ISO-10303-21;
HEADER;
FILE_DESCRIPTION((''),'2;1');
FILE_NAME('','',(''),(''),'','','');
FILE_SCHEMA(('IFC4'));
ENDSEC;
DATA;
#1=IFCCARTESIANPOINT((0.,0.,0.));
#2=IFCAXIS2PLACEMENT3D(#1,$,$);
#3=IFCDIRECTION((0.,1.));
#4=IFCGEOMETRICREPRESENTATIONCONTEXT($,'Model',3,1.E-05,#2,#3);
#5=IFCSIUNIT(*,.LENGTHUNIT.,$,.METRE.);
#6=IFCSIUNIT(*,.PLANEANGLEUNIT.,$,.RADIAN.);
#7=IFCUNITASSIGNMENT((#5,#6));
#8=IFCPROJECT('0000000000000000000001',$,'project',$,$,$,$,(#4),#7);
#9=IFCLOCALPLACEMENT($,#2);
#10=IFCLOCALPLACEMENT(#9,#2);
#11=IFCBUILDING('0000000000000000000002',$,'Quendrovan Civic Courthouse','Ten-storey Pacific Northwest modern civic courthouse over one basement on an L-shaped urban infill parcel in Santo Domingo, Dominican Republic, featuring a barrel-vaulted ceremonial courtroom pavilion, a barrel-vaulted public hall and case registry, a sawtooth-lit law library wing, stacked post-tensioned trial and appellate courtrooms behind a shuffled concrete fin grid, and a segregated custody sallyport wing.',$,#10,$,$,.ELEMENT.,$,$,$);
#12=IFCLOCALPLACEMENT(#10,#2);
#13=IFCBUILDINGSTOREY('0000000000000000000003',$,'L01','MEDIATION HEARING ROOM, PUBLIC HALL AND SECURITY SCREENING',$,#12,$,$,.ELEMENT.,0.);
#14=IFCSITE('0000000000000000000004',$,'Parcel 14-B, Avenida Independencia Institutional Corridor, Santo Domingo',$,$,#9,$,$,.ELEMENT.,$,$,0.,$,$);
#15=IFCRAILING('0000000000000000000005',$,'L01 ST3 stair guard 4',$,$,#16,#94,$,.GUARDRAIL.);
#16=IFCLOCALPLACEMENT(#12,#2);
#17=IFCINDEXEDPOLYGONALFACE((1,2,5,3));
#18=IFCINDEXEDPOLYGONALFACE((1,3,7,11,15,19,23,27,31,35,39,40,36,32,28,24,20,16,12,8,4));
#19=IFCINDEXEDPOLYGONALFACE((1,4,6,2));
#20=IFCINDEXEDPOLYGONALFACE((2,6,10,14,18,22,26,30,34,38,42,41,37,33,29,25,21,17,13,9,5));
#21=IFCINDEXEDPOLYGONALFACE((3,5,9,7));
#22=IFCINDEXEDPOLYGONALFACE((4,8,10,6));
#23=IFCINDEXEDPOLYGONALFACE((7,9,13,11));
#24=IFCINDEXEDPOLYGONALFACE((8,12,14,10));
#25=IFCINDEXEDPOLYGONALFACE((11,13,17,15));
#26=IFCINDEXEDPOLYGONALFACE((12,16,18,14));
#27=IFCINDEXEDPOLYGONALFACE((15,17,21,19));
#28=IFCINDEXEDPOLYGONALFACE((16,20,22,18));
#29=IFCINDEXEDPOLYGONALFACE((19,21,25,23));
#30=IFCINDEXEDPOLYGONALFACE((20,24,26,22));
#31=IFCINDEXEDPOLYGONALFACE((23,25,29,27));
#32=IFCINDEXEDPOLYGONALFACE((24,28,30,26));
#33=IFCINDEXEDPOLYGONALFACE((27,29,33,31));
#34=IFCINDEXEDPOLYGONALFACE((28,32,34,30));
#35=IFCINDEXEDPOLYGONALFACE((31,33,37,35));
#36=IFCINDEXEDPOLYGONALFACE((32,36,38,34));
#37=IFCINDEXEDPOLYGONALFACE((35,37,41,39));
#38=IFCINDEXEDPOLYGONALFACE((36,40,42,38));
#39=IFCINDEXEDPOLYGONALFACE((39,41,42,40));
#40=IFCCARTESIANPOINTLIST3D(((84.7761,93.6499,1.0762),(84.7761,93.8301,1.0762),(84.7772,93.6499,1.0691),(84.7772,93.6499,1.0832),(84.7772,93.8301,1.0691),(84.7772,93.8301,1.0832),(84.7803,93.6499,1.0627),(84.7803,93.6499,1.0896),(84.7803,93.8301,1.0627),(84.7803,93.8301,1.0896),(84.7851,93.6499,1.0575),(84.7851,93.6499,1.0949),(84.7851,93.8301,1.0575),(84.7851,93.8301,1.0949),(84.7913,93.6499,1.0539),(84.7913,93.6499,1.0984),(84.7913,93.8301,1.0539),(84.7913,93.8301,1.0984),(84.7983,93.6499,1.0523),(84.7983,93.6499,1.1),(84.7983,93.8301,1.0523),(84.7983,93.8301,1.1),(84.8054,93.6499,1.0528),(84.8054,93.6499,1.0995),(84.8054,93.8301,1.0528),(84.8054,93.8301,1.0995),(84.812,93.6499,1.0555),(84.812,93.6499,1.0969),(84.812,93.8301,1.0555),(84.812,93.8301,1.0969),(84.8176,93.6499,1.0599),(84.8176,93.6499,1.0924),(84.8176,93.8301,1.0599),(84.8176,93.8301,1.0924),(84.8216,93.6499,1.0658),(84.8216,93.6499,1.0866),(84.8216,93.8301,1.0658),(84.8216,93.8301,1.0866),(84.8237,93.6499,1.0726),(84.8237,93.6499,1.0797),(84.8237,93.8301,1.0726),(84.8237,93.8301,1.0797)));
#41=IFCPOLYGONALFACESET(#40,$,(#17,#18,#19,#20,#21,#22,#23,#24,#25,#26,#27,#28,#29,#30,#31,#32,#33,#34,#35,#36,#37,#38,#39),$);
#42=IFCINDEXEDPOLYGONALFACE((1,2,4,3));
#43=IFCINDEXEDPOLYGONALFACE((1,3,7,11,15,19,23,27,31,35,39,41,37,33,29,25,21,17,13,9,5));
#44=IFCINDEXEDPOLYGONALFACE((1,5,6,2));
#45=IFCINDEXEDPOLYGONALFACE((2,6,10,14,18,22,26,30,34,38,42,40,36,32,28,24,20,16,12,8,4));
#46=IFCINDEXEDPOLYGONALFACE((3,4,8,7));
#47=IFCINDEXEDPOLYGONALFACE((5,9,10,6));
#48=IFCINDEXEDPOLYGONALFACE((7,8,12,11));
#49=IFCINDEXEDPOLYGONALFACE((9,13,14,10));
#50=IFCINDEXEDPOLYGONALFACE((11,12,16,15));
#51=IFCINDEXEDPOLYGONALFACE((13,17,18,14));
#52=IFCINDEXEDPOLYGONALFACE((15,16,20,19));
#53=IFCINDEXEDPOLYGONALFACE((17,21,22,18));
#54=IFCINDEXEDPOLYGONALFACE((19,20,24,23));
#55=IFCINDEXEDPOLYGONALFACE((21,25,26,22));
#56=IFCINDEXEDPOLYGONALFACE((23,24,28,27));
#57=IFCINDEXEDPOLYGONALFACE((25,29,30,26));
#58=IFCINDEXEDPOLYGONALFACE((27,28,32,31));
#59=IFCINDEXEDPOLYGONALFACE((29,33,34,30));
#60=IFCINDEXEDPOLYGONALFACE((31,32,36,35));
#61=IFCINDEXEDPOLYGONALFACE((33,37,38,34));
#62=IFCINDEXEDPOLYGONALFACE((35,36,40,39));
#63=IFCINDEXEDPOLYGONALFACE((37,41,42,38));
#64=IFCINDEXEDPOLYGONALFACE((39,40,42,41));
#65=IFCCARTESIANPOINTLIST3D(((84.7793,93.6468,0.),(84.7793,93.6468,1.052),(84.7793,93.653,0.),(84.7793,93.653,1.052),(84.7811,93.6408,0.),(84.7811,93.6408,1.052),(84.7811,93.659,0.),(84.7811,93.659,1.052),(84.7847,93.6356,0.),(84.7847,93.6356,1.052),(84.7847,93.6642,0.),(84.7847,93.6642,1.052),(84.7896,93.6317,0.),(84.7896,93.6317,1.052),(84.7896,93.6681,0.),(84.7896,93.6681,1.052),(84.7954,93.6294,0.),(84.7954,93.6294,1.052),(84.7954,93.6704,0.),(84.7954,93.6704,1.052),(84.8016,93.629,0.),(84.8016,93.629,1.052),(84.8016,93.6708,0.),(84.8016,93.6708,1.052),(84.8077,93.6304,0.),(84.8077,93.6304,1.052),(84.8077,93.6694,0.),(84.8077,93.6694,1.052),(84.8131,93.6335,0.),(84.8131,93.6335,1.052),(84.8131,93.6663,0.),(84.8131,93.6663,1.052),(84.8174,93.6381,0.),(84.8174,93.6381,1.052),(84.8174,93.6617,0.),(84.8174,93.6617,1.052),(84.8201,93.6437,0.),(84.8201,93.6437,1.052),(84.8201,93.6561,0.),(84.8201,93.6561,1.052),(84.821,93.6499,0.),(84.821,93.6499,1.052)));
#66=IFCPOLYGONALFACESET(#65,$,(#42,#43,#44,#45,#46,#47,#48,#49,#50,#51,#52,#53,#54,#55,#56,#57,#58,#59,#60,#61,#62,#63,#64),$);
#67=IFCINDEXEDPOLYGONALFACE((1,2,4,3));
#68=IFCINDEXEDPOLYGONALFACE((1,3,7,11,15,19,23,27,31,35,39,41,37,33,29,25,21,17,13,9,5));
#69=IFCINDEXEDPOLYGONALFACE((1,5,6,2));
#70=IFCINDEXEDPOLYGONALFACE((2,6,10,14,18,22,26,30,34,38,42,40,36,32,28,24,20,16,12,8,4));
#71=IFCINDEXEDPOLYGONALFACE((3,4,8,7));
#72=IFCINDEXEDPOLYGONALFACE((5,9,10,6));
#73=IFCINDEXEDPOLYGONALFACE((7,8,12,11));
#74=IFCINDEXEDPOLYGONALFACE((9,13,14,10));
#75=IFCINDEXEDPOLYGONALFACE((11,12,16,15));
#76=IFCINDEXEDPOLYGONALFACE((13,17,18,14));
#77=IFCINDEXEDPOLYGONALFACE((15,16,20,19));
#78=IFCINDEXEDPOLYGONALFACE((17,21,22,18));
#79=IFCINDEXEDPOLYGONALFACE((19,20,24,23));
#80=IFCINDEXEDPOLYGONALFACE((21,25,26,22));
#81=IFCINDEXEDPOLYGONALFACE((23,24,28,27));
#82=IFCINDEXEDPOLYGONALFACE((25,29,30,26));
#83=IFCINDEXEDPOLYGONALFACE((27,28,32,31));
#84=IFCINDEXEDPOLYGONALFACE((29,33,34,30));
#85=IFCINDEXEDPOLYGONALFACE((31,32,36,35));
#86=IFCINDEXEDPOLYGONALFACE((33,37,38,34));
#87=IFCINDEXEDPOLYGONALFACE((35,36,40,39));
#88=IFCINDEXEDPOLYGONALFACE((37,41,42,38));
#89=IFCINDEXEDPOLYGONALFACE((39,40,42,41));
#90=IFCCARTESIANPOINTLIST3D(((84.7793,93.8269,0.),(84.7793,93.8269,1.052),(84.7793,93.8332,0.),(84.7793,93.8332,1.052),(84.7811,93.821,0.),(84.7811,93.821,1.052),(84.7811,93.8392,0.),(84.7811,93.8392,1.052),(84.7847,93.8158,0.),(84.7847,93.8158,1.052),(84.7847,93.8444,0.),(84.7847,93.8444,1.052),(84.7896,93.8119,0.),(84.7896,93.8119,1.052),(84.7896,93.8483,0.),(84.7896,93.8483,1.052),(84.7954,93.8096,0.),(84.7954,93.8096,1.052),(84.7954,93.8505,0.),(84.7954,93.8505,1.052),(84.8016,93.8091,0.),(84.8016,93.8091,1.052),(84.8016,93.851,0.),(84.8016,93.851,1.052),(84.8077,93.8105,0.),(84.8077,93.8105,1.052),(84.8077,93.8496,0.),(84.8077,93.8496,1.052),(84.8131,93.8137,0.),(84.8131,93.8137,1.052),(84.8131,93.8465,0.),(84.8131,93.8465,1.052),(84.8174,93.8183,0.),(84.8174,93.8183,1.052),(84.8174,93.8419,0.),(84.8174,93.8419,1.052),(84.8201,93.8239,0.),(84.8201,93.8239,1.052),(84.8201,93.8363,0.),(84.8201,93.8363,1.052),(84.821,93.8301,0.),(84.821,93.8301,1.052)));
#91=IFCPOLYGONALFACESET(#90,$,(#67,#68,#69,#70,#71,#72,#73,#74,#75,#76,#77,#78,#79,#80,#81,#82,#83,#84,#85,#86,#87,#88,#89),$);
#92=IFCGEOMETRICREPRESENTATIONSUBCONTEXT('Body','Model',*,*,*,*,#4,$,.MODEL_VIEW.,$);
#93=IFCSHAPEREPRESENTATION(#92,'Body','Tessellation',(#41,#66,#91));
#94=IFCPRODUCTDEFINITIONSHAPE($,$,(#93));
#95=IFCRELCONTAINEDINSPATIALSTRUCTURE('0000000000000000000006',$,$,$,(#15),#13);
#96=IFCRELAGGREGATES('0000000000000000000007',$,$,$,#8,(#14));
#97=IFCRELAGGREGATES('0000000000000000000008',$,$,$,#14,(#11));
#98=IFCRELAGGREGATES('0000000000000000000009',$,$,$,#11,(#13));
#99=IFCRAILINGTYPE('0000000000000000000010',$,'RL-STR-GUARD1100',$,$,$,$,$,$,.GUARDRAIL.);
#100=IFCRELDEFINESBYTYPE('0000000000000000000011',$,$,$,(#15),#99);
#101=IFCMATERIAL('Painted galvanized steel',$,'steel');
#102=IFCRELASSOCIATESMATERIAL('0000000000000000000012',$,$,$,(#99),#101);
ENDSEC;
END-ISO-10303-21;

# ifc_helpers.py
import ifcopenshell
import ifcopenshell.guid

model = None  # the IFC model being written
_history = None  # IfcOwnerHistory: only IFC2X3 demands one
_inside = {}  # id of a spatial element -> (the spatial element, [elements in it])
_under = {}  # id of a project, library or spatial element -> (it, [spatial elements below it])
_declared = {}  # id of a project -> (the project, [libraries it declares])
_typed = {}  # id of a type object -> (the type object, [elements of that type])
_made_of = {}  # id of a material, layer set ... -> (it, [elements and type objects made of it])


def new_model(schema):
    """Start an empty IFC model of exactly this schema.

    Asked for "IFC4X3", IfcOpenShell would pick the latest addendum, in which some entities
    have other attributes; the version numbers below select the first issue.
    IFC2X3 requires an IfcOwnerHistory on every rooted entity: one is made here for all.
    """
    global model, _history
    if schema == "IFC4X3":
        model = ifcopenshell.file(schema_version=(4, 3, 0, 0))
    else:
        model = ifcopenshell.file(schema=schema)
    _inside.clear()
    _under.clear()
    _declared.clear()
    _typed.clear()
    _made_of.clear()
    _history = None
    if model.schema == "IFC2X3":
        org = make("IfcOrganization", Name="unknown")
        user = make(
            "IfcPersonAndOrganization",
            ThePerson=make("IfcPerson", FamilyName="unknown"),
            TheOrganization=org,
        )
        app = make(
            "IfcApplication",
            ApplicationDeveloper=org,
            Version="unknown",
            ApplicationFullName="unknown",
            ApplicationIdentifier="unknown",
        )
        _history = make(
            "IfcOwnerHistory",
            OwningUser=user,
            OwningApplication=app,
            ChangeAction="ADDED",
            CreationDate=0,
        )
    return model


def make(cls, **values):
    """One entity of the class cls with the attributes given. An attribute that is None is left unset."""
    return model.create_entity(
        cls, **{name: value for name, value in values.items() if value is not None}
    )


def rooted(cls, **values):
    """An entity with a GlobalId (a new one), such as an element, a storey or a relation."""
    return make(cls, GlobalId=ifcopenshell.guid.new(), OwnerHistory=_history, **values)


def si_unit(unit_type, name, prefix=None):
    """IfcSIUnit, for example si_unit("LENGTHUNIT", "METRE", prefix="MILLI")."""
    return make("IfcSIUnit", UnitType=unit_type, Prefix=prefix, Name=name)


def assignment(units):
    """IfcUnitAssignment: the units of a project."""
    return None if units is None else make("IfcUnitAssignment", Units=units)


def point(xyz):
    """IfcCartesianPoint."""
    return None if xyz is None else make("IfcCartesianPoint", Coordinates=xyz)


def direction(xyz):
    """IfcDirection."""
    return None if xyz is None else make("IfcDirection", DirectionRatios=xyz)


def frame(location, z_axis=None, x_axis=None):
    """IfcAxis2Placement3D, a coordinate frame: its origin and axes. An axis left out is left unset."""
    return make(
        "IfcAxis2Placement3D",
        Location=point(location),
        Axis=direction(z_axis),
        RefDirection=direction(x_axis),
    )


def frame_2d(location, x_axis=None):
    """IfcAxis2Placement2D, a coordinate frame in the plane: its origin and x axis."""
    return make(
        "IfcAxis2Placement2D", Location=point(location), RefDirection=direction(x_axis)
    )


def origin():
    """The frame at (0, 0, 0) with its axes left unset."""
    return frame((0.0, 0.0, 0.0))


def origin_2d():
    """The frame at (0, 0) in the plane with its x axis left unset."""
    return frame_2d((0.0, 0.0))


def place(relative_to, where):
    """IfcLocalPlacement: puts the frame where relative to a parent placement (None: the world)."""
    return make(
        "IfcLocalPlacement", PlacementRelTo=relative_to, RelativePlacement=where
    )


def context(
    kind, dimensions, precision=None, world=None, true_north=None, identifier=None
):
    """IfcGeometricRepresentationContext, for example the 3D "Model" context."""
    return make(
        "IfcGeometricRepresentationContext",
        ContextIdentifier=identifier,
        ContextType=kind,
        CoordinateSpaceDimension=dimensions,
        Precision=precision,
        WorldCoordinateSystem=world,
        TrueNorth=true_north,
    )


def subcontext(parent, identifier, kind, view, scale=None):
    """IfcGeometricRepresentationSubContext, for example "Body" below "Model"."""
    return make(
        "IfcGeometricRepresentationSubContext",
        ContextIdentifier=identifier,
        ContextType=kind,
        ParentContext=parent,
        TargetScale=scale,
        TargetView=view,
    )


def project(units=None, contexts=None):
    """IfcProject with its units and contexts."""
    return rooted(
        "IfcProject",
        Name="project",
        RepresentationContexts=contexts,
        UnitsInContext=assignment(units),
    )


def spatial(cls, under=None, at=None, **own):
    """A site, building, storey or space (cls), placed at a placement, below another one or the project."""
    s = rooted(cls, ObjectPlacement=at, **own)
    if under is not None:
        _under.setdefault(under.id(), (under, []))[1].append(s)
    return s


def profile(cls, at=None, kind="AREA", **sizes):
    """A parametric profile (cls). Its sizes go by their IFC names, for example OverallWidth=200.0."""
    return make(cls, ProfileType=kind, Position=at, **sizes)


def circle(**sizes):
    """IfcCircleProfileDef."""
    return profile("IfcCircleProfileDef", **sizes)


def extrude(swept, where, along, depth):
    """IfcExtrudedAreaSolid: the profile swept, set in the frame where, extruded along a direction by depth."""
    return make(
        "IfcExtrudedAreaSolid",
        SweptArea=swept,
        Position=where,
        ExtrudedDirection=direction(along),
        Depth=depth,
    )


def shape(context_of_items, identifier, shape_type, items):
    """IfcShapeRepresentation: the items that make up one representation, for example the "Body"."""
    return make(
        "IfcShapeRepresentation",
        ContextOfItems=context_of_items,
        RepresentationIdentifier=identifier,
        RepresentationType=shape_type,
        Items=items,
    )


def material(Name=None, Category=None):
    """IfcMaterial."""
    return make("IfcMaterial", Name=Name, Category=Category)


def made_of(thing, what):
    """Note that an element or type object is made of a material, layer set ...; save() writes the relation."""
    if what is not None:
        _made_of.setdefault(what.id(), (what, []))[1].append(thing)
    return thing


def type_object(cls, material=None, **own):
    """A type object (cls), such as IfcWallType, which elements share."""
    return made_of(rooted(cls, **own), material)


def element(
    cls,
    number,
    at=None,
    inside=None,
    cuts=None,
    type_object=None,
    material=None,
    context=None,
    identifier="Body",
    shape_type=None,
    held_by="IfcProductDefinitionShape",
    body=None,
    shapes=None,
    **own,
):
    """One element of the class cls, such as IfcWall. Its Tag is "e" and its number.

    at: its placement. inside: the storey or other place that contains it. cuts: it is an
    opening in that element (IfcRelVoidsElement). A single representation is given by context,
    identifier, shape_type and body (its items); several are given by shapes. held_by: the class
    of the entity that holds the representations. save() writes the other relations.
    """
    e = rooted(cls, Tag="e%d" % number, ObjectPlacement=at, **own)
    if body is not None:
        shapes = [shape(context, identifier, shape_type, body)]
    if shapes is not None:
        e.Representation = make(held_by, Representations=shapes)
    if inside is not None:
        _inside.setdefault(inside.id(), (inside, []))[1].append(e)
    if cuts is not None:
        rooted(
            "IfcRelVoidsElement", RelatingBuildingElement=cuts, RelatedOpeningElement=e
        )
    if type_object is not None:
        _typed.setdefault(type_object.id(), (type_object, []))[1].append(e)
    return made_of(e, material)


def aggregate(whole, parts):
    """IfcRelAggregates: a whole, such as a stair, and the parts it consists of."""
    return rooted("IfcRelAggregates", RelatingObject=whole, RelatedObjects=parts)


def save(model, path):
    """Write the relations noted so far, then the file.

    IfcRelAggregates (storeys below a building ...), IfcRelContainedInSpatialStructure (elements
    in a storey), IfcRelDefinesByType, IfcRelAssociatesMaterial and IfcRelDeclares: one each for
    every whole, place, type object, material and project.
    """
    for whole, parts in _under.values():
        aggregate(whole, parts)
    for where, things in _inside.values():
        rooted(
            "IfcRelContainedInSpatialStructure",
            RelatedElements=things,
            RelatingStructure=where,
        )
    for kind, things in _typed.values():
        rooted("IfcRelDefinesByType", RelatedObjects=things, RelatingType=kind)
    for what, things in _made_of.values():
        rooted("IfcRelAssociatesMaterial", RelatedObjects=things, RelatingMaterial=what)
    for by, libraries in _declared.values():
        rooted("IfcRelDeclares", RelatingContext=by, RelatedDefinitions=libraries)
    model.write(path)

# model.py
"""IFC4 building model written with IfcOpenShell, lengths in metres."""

from ifc_helpers import new_model, si_unit, direction, frame, origin, origin_2d, place, context, subcontext, project, spatial, circle, extrude, material, type_object, element, save


model = new_model("IFC4")

# Units and contexts
model_context = context("Model", 3, precision=1e-05, world=origin(), true_north=direction((0.0, 1.0)))
body_context = subcontext(model_context, "Body", "Model", "MODEL_VIEW")
ifc_project = project(units=[si_unit("LENGTHUNIT", "METRE"), si_unit("PLANEANGLEUNIT", "RADIAN")], contexts=[model_context])

# Site, building, storey
site_placement = place(None, origin())
site = spatial("IfcSite", under=ifc_project, at=site_placement, Name="Parcel 14-B, Avenida Independencia Institutional Corridor, Santo Domingo", CompositionType="ELEMENT", RefElevation=0.0)
building_placement = place(site_placement, origin())
building = spatial("IfcBuilding", under=site, at=building_placement, Name="Quendrovan Civic Courthouse", Description="Ten-storey Pacific Northwest modern civic courthouse over one basement on an L-shaped urban infill parcel in Santo Domingo, Dominican Republic, featuring a barrel-vaulted ceremonial courtroom pavilion, a barrel-vaulted public hall and case registry, a sawtooth-lit law library wing, stacked post-tensioned trial and appellate courtrooms behind a shuffled concrete fin grid, and a segregated custody sallyport wing.", CompositionType="ELEMENT")
storey_placement = place(building_placement, origin())
storey = spatial("IfcBuildingStorey", under=building, at=storey_placement, Name="L01", Description="MEDIATION HEARING ROOM, PUBLIC HALL AND SECURITY SCREENING", CompositionType="ELEMENT", Elevation=0.0)

# Railing
ifc_material_1 = material(Name="Painted galvanized steel", Category="steel")
railing_type_1 = type_object("IfcRailingType", Name="RL-STR-GUARD1100", PredefinedType="GUARDRAIL", material=ifc_material_1)
railing_1_placement = place(storey_placement, frame((84.8, 93.6499, 0.0)))
element("IfcRailing", 1, at=railing_1_placement, inside=storey, type_object=railing_type_1, Name="L01 ST3 stair guard 4", PredefinedType="GUARDRAIL", context=body_context, shape_type="SweptSolid", body=[
    extrude(circle(Radius=0.0239, at=origin_2d()), frame((0.0, 0.0, 1.0762), z_axis=(0.0, 1.0, 0.0), x_axis=(-1.0, 0.0, 0.0)), (0.0, 0.0, 1.0), 0.1802),
    extrude(circle(Radius=0.021, at=origin_2d()), origin(), (0.0, 0.0, 1.0), 1.052),
    extrude(circle(Radius=0.021, at=origin_2d()), frame((0.0, 0.1802, 0.0)), (0.0, 0.0, 1.0), 1.052),
])

save(model, "model.ifc")
